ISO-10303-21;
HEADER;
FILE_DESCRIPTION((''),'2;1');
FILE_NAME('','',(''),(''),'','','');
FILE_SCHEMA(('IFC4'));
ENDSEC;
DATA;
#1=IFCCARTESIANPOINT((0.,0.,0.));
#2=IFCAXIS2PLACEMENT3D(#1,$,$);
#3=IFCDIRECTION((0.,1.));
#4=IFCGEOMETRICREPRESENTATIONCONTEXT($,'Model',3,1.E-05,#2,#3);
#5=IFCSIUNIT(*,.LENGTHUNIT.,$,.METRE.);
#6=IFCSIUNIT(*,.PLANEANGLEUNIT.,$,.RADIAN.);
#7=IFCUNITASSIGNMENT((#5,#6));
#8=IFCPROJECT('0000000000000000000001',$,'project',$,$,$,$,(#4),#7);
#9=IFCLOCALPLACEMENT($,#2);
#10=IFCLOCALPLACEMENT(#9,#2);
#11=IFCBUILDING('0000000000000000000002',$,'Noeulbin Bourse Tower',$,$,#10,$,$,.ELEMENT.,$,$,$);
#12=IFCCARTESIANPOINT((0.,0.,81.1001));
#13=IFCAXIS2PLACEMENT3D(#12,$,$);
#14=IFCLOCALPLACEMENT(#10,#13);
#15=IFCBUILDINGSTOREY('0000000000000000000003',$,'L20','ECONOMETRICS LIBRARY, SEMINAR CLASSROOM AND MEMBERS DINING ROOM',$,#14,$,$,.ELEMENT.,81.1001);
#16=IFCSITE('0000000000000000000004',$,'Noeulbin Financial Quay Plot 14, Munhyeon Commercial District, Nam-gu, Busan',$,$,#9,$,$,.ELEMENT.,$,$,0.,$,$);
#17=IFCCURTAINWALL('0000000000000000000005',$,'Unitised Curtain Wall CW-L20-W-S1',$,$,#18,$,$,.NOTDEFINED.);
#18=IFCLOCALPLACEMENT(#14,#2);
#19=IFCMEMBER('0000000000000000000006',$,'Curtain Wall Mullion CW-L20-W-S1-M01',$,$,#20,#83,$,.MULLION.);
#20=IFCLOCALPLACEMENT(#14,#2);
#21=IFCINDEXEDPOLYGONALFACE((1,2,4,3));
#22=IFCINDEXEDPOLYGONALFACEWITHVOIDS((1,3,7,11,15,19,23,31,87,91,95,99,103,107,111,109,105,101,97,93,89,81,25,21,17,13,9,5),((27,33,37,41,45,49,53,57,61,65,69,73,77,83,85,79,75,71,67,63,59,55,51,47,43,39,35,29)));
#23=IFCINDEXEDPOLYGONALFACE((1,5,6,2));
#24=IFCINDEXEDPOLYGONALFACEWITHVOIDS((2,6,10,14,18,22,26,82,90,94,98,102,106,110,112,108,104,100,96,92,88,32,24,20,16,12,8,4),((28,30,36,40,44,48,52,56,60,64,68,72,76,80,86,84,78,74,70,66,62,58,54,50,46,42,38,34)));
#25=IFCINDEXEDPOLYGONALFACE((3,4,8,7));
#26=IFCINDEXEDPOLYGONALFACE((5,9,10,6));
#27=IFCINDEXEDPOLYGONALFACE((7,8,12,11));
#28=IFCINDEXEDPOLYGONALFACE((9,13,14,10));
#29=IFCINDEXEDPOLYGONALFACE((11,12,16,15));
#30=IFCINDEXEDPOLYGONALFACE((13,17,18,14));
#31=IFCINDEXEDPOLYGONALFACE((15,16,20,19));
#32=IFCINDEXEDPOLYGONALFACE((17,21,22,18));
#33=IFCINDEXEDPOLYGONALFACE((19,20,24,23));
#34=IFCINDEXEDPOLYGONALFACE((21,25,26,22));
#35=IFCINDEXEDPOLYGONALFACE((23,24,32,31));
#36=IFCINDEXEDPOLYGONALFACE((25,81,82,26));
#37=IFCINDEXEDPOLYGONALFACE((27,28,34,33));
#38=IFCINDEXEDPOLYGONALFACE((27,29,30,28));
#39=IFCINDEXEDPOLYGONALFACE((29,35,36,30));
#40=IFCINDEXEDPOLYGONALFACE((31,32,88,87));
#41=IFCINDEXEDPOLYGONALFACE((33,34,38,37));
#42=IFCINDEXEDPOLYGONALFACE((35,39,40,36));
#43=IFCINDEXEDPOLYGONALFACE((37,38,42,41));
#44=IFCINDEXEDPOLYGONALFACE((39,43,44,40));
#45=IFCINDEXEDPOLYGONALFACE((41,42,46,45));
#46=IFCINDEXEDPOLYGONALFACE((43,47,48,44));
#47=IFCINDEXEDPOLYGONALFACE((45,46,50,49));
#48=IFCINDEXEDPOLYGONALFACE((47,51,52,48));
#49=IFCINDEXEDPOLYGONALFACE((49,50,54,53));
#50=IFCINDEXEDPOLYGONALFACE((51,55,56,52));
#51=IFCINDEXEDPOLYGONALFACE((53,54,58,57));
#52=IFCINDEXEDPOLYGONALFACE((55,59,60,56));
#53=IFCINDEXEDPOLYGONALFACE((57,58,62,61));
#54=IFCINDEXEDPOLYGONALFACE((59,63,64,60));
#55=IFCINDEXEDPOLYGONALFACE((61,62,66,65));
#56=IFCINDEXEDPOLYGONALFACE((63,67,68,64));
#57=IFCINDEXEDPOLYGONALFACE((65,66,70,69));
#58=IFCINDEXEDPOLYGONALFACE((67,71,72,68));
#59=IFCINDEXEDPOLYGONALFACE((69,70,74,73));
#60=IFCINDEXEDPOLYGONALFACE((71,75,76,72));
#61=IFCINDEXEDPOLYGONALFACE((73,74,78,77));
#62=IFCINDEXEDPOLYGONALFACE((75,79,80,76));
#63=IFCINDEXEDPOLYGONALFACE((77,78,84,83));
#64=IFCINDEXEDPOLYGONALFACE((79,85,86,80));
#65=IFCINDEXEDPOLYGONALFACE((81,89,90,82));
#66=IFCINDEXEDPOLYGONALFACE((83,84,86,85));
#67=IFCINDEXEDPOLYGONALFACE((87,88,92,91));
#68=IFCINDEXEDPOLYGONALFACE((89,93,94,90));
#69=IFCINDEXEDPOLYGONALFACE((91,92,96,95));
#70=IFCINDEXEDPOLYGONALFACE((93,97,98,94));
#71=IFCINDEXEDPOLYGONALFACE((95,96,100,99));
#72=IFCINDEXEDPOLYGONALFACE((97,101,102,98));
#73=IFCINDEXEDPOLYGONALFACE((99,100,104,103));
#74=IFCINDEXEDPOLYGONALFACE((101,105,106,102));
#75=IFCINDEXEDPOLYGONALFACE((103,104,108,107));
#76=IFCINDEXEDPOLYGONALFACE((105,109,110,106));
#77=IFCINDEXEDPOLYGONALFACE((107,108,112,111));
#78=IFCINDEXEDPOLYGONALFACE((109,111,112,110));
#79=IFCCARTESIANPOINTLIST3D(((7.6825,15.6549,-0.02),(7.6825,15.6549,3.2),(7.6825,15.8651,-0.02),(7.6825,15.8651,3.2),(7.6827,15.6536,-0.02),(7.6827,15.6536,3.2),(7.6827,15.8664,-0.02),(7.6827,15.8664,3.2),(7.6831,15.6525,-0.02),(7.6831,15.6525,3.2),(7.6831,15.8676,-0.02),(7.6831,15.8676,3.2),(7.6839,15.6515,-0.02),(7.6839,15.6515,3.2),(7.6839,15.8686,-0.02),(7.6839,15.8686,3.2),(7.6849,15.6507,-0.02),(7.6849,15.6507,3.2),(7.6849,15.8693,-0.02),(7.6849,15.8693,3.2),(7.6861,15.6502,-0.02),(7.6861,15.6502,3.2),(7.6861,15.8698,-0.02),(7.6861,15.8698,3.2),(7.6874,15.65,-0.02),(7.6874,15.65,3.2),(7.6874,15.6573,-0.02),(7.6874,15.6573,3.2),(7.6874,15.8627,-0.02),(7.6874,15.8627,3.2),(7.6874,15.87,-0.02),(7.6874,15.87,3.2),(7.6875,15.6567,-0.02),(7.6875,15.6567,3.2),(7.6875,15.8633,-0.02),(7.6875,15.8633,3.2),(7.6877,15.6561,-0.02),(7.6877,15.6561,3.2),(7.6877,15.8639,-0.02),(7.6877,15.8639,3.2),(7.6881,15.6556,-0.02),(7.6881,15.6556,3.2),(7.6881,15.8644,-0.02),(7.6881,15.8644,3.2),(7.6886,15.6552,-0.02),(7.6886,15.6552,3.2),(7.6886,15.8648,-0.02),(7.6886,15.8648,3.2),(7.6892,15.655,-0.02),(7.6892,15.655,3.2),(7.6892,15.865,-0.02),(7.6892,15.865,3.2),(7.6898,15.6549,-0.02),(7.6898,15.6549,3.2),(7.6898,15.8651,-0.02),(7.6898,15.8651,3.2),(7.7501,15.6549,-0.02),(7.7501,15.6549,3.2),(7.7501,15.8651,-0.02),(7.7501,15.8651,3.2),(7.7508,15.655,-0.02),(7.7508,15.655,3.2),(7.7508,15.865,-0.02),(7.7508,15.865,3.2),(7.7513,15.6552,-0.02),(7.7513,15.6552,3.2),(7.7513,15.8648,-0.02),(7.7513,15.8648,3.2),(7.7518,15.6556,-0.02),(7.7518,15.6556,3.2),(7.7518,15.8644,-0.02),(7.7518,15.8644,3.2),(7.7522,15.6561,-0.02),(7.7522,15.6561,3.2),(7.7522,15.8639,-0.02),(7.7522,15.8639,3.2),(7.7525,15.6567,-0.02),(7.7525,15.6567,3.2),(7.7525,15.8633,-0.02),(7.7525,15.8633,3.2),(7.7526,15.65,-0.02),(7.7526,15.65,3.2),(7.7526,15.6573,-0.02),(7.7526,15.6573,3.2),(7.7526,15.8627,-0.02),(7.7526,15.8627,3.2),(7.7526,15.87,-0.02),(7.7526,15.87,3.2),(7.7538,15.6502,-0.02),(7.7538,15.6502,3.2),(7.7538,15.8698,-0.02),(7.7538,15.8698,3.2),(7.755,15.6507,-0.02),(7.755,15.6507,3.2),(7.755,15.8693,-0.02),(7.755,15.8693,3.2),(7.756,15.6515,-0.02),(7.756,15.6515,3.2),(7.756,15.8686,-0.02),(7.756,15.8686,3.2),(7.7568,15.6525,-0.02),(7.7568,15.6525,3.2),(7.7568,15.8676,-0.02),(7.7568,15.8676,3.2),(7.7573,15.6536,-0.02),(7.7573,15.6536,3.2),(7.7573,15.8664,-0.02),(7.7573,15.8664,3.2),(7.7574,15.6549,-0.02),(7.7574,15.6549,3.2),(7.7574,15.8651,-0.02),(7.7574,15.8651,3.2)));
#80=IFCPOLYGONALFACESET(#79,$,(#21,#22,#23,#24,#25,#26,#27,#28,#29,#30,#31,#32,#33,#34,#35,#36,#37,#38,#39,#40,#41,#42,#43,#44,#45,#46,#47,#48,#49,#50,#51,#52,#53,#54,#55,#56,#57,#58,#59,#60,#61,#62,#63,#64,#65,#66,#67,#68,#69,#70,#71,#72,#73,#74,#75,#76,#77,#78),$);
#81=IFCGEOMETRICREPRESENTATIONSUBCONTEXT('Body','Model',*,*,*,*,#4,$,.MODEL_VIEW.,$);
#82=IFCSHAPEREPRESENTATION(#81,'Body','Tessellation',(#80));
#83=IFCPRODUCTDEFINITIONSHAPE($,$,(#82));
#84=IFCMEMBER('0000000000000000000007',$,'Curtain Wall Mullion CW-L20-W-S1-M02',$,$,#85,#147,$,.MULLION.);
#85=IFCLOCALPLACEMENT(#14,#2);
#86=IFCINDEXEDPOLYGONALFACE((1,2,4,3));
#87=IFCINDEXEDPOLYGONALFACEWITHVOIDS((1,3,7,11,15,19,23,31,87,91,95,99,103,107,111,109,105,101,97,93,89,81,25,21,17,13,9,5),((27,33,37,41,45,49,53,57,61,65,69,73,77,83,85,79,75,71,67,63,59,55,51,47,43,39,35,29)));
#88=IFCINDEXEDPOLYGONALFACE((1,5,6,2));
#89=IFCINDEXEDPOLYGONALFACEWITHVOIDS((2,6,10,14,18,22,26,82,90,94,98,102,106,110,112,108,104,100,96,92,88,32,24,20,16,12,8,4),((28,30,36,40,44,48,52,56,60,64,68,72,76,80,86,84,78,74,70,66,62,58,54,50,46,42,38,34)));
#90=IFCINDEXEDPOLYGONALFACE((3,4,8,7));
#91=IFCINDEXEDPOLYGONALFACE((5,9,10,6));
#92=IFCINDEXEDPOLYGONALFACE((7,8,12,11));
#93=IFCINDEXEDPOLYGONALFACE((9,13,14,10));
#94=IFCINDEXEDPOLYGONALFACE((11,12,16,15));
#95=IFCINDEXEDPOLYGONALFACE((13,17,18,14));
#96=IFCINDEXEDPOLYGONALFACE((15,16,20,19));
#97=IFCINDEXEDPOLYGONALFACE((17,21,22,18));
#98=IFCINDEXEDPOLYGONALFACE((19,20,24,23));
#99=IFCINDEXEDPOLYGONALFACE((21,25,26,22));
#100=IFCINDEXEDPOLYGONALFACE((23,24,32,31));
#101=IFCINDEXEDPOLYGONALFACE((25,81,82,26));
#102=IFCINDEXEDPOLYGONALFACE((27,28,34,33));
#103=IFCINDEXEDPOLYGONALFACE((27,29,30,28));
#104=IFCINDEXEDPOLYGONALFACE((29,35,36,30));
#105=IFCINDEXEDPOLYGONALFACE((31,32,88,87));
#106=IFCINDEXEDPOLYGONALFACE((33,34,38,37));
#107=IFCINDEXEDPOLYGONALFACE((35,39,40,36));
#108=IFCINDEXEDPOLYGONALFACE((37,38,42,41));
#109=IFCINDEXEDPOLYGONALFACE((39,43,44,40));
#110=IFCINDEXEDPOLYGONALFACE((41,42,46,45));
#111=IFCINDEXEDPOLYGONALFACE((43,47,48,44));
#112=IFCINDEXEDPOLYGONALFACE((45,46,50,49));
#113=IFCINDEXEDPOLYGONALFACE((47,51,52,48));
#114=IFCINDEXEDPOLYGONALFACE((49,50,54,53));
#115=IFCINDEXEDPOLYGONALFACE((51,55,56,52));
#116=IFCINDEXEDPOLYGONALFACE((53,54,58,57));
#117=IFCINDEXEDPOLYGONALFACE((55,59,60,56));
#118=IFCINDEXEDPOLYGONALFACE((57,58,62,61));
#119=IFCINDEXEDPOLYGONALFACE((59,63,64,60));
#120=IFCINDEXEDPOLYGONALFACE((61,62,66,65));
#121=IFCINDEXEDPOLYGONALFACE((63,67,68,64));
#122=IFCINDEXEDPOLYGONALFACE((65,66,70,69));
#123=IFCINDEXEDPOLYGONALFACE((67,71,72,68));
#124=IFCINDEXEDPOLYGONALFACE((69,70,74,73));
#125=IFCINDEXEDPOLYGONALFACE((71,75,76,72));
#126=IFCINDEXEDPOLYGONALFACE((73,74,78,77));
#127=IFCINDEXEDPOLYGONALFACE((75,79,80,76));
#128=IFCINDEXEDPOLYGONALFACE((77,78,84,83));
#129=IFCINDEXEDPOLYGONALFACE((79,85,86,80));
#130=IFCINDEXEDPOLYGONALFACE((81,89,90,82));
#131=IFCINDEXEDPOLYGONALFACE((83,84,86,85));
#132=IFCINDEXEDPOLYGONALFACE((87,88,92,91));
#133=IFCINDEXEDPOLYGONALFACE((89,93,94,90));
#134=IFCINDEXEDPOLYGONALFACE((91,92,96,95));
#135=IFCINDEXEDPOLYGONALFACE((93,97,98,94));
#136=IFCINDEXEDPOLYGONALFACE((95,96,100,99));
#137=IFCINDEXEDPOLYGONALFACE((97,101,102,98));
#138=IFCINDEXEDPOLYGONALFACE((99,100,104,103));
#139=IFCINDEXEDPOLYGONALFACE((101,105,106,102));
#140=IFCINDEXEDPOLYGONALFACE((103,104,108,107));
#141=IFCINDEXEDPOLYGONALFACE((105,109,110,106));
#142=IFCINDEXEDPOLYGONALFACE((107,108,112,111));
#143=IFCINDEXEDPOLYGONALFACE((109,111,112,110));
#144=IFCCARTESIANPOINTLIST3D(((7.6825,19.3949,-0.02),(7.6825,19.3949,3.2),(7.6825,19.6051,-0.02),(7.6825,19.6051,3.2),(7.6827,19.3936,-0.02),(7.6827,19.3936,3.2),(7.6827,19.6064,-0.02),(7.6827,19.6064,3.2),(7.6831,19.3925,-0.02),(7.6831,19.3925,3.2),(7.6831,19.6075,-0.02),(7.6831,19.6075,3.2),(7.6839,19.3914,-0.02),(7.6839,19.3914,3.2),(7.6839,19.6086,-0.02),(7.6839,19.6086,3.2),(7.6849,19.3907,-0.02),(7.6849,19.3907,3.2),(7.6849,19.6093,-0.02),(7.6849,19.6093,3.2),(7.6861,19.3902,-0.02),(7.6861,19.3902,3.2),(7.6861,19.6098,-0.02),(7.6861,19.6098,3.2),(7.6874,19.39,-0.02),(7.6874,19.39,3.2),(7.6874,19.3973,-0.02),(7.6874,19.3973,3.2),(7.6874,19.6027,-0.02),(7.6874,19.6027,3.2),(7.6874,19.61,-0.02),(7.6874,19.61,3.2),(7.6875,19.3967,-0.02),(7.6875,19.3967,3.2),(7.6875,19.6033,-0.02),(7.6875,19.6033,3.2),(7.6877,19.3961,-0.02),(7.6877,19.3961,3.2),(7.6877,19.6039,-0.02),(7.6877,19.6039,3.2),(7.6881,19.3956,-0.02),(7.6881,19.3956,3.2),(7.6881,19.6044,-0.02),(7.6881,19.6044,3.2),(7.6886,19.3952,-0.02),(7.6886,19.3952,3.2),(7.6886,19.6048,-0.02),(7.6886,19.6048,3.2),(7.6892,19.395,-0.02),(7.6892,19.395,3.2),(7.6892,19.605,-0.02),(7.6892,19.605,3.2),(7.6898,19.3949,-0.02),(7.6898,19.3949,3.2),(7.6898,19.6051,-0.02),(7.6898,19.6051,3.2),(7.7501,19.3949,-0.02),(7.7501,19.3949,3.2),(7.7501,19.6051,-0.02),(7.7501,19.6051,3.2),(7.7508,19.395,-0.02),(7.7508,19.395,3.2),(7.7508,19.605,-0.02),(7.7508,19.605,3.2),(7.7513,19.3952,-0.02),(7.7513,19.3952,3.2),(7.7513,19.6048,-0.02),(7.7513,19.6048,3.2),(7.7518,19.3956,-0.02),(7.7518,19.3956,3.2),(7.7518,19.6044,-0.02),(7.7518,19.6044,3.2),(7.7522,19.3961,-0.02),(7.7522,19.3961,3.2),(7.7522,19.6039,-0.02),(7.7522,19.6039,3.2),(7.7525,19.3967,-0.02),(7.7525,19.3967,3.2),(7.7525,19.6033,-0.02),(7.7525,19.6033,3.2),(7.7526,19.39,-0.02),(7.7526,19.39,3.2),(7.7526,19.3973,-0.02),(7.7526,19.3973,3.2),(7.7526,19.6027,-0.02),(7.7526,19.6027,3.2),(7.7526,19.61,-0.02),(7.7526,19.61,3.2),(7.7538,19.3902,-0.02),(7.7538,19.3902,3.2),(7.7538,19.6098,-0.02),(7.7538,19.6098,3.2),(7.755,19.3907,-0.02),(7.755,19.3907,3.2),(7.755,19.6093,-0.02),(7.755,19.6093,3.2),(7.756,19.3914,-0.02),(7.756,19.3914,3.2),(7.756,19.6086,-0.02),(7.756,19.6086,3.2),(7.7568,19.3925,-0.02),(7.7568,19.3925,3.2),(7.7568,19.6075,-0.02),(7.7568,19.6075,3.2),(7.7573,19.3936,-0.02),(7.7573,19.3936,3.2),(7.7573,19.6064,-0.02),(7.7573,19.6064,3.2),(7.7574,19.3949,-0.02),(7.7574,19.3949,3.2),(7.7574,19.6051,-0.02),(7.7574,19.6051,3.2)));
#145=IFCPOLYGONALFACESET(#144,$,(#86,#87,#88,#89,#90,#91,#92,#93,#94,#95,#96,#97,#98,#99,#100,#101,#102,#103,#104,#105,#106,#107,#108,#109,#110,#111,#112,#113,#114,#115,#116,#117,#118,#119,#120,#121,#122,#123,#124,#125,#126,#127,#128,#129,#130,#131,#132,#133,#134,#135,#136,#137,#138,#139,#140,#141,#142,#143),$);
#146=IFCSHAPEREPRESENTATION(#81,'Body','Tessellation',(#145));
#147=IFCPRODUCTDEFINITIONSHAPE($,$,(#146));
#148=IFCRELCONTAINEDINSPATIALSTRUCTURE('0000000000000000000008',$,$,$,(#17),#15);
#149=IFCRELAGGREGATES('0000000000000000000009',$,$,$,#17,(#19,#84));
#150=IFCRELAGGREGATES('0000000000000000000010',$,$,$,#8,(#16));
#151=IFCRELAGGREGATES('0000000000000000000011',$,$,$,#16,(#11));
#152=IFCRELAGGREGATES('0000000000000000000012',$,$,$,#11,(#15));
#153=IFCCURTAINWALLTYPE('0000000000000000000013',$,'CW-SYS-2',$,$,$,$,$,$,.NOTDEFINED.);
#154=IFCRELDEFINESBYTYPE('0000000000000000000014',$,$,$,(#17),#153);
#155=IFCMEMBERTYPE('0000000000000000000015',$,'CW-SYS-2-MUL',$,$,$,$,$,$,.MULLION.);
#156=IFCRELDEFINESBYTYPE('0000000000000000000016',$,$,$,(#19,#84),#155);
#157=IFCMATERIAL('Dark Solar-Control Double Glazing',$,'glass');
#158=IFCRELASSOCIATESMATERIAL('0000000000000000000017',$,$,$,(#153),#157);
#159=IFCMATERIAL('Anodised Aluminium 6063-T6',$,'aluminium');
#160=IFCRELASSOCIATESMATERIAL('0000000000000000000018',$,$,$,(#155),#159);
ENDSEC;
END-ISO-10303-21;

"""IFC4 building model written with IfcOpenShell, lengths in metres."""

from ifc_helpers import new_model, si_unit, direction, frame, origin, origin_2d, place, context, subcontext, project, spatial, hollow_rectangle, extrude, material, material_profile, profile_set, type_object, element, aggregate, save


model = new_model("IFC4")

# Units and contexts
model_context = context("Model", 3, precision=1e-05, world=origin(), true_north=direction((0.0, 1.0)))
body_context = subcontext(model_context, "Body", "Model", "MODEL_VIEW")
ifc_project = project(units=[si_unit("LENGTHUNIT", "METRE"), si_unit("PLANEANGLEUNIT", "RADIAN")], contexts=[model_context])

# Site, building, storey
site_placement = place(None, origin())
site = spatial("IfcSite", under=ifc_project, at=site_placement, Name="Noeulbin Financial Quay Plot 14, Munhyeon Commercial District, Nam-gu, Busan", CompositionType="ELEMENT", RefElevation=0.0)
building_placement = place(site_placement, origin())
building = spatial("IfcBuilding", under=site, at=building_placement, Name="Noeulbin Bourse Tower", CompositionType="ELEMENT")
storey_placement = place(building_placement, frame((0.0, 0.0, 81.1001)))
storey = spatial("IfcBuildingStorey", under=building, at=storey_placement, Name="L20", Description="ECONOMETRICS LIBRARY, SEMINAR CLASSROOM AND MEMBERS DINING ROOM", CompositionType="ELEMENT", Elevation=81.1001)

# Curtain wall, members
ifc_material_1 = material(Name="Dark Solar-Control Double Glazing", Category="glass")
curtain_wall_type = type_object("IfcCurtainWallType", Name="CW-SYS-2", PredefinedType="NOTDEFINED", material=ifc_material_1)
curtain_wall_placement = place(storey_placement, origin())
curtain_wall = element("IfcCurtainWall", 1, at=curtain_wall_placement, inside=storey, type_object=curtain_wall_type, Name="Unitised Curtain Wall CW-L20-W-S1", PredefinedType="NOTDEFINED")
ifc_material_2 = material(Name="Anodised Aluminium 6063-T6", Category="aluminium")
ifc_material_profile_1 = material_profile(ifc_material_2, hollow_rectangle(XDim=0.075, YDim=0.22, WallThickness=0.0049, InnerFilletRadius=0.0024, OuterFilletRadius=0.0049, at=origin_2d()), Name="ALU-MULL-75x220x5", Category="LoadBearing")
ifc_profile_set_1 = profile_set([ifc_material_profile_1], Name="Anodised Aluminium 6063-T6")
member_type_1 = type_object("IfcMemberType", Name="CW-SYS-2-MUL", PredefinedType="MULLION", material=ifc_profile_set_1)
member_1_placement = place(storey_placement, frame((7.72, 15.76, -0.02), z_axis=(0.0, 0.0, 1.0), x_axis=(1.0, 0.0, 0.0)))
member_1 = element("IfcMember", 2, at=member_1_placement, type_object=member_type_1, Name="Curtain Wall Mullion CW-L20-W-S1-M01", PredefinedType="MULLION", context=body_context, shape_type="SweptSolid", body=[
    extrude(hollow_rectangle(XDim=0.075, YDim=0.22, WallThickness=0.0049, InnerFilletRadius=0.0024, OuterFilletRadius=0.0049, at=origin_2d()), origin(), (0.0, 0.0, 1.0), 3.22),
])
member_2_placement = place(storey_placement, frame((7.72, 19.5, -0.02), z_axis=(0.0, 0.0, 1.0), x_axis=(1.0, 0.0, 0.0)))
member_2 = element("IfcMember", 3, at=member_2_placement, type_object=member_type_1, Name="Curtain Wall Mullion CW-L20-W-S1-M02", PredefinedType="MULLION", context=body_context, shape_type="SweptSolid", body=[
    extrude(hollow_rectangle(XDim=0.075, YDim=0.22, WallThickness=0.0049, InnerFilletRadius=0.0024, OuterFilletRadius=0.0049, at=origin_2d()), origin(), (0.0, 0.0, 1.0), 3.22),
])
aggregate(curtain_wall, [member_1, member_2])

save(model, "model.ifc")
